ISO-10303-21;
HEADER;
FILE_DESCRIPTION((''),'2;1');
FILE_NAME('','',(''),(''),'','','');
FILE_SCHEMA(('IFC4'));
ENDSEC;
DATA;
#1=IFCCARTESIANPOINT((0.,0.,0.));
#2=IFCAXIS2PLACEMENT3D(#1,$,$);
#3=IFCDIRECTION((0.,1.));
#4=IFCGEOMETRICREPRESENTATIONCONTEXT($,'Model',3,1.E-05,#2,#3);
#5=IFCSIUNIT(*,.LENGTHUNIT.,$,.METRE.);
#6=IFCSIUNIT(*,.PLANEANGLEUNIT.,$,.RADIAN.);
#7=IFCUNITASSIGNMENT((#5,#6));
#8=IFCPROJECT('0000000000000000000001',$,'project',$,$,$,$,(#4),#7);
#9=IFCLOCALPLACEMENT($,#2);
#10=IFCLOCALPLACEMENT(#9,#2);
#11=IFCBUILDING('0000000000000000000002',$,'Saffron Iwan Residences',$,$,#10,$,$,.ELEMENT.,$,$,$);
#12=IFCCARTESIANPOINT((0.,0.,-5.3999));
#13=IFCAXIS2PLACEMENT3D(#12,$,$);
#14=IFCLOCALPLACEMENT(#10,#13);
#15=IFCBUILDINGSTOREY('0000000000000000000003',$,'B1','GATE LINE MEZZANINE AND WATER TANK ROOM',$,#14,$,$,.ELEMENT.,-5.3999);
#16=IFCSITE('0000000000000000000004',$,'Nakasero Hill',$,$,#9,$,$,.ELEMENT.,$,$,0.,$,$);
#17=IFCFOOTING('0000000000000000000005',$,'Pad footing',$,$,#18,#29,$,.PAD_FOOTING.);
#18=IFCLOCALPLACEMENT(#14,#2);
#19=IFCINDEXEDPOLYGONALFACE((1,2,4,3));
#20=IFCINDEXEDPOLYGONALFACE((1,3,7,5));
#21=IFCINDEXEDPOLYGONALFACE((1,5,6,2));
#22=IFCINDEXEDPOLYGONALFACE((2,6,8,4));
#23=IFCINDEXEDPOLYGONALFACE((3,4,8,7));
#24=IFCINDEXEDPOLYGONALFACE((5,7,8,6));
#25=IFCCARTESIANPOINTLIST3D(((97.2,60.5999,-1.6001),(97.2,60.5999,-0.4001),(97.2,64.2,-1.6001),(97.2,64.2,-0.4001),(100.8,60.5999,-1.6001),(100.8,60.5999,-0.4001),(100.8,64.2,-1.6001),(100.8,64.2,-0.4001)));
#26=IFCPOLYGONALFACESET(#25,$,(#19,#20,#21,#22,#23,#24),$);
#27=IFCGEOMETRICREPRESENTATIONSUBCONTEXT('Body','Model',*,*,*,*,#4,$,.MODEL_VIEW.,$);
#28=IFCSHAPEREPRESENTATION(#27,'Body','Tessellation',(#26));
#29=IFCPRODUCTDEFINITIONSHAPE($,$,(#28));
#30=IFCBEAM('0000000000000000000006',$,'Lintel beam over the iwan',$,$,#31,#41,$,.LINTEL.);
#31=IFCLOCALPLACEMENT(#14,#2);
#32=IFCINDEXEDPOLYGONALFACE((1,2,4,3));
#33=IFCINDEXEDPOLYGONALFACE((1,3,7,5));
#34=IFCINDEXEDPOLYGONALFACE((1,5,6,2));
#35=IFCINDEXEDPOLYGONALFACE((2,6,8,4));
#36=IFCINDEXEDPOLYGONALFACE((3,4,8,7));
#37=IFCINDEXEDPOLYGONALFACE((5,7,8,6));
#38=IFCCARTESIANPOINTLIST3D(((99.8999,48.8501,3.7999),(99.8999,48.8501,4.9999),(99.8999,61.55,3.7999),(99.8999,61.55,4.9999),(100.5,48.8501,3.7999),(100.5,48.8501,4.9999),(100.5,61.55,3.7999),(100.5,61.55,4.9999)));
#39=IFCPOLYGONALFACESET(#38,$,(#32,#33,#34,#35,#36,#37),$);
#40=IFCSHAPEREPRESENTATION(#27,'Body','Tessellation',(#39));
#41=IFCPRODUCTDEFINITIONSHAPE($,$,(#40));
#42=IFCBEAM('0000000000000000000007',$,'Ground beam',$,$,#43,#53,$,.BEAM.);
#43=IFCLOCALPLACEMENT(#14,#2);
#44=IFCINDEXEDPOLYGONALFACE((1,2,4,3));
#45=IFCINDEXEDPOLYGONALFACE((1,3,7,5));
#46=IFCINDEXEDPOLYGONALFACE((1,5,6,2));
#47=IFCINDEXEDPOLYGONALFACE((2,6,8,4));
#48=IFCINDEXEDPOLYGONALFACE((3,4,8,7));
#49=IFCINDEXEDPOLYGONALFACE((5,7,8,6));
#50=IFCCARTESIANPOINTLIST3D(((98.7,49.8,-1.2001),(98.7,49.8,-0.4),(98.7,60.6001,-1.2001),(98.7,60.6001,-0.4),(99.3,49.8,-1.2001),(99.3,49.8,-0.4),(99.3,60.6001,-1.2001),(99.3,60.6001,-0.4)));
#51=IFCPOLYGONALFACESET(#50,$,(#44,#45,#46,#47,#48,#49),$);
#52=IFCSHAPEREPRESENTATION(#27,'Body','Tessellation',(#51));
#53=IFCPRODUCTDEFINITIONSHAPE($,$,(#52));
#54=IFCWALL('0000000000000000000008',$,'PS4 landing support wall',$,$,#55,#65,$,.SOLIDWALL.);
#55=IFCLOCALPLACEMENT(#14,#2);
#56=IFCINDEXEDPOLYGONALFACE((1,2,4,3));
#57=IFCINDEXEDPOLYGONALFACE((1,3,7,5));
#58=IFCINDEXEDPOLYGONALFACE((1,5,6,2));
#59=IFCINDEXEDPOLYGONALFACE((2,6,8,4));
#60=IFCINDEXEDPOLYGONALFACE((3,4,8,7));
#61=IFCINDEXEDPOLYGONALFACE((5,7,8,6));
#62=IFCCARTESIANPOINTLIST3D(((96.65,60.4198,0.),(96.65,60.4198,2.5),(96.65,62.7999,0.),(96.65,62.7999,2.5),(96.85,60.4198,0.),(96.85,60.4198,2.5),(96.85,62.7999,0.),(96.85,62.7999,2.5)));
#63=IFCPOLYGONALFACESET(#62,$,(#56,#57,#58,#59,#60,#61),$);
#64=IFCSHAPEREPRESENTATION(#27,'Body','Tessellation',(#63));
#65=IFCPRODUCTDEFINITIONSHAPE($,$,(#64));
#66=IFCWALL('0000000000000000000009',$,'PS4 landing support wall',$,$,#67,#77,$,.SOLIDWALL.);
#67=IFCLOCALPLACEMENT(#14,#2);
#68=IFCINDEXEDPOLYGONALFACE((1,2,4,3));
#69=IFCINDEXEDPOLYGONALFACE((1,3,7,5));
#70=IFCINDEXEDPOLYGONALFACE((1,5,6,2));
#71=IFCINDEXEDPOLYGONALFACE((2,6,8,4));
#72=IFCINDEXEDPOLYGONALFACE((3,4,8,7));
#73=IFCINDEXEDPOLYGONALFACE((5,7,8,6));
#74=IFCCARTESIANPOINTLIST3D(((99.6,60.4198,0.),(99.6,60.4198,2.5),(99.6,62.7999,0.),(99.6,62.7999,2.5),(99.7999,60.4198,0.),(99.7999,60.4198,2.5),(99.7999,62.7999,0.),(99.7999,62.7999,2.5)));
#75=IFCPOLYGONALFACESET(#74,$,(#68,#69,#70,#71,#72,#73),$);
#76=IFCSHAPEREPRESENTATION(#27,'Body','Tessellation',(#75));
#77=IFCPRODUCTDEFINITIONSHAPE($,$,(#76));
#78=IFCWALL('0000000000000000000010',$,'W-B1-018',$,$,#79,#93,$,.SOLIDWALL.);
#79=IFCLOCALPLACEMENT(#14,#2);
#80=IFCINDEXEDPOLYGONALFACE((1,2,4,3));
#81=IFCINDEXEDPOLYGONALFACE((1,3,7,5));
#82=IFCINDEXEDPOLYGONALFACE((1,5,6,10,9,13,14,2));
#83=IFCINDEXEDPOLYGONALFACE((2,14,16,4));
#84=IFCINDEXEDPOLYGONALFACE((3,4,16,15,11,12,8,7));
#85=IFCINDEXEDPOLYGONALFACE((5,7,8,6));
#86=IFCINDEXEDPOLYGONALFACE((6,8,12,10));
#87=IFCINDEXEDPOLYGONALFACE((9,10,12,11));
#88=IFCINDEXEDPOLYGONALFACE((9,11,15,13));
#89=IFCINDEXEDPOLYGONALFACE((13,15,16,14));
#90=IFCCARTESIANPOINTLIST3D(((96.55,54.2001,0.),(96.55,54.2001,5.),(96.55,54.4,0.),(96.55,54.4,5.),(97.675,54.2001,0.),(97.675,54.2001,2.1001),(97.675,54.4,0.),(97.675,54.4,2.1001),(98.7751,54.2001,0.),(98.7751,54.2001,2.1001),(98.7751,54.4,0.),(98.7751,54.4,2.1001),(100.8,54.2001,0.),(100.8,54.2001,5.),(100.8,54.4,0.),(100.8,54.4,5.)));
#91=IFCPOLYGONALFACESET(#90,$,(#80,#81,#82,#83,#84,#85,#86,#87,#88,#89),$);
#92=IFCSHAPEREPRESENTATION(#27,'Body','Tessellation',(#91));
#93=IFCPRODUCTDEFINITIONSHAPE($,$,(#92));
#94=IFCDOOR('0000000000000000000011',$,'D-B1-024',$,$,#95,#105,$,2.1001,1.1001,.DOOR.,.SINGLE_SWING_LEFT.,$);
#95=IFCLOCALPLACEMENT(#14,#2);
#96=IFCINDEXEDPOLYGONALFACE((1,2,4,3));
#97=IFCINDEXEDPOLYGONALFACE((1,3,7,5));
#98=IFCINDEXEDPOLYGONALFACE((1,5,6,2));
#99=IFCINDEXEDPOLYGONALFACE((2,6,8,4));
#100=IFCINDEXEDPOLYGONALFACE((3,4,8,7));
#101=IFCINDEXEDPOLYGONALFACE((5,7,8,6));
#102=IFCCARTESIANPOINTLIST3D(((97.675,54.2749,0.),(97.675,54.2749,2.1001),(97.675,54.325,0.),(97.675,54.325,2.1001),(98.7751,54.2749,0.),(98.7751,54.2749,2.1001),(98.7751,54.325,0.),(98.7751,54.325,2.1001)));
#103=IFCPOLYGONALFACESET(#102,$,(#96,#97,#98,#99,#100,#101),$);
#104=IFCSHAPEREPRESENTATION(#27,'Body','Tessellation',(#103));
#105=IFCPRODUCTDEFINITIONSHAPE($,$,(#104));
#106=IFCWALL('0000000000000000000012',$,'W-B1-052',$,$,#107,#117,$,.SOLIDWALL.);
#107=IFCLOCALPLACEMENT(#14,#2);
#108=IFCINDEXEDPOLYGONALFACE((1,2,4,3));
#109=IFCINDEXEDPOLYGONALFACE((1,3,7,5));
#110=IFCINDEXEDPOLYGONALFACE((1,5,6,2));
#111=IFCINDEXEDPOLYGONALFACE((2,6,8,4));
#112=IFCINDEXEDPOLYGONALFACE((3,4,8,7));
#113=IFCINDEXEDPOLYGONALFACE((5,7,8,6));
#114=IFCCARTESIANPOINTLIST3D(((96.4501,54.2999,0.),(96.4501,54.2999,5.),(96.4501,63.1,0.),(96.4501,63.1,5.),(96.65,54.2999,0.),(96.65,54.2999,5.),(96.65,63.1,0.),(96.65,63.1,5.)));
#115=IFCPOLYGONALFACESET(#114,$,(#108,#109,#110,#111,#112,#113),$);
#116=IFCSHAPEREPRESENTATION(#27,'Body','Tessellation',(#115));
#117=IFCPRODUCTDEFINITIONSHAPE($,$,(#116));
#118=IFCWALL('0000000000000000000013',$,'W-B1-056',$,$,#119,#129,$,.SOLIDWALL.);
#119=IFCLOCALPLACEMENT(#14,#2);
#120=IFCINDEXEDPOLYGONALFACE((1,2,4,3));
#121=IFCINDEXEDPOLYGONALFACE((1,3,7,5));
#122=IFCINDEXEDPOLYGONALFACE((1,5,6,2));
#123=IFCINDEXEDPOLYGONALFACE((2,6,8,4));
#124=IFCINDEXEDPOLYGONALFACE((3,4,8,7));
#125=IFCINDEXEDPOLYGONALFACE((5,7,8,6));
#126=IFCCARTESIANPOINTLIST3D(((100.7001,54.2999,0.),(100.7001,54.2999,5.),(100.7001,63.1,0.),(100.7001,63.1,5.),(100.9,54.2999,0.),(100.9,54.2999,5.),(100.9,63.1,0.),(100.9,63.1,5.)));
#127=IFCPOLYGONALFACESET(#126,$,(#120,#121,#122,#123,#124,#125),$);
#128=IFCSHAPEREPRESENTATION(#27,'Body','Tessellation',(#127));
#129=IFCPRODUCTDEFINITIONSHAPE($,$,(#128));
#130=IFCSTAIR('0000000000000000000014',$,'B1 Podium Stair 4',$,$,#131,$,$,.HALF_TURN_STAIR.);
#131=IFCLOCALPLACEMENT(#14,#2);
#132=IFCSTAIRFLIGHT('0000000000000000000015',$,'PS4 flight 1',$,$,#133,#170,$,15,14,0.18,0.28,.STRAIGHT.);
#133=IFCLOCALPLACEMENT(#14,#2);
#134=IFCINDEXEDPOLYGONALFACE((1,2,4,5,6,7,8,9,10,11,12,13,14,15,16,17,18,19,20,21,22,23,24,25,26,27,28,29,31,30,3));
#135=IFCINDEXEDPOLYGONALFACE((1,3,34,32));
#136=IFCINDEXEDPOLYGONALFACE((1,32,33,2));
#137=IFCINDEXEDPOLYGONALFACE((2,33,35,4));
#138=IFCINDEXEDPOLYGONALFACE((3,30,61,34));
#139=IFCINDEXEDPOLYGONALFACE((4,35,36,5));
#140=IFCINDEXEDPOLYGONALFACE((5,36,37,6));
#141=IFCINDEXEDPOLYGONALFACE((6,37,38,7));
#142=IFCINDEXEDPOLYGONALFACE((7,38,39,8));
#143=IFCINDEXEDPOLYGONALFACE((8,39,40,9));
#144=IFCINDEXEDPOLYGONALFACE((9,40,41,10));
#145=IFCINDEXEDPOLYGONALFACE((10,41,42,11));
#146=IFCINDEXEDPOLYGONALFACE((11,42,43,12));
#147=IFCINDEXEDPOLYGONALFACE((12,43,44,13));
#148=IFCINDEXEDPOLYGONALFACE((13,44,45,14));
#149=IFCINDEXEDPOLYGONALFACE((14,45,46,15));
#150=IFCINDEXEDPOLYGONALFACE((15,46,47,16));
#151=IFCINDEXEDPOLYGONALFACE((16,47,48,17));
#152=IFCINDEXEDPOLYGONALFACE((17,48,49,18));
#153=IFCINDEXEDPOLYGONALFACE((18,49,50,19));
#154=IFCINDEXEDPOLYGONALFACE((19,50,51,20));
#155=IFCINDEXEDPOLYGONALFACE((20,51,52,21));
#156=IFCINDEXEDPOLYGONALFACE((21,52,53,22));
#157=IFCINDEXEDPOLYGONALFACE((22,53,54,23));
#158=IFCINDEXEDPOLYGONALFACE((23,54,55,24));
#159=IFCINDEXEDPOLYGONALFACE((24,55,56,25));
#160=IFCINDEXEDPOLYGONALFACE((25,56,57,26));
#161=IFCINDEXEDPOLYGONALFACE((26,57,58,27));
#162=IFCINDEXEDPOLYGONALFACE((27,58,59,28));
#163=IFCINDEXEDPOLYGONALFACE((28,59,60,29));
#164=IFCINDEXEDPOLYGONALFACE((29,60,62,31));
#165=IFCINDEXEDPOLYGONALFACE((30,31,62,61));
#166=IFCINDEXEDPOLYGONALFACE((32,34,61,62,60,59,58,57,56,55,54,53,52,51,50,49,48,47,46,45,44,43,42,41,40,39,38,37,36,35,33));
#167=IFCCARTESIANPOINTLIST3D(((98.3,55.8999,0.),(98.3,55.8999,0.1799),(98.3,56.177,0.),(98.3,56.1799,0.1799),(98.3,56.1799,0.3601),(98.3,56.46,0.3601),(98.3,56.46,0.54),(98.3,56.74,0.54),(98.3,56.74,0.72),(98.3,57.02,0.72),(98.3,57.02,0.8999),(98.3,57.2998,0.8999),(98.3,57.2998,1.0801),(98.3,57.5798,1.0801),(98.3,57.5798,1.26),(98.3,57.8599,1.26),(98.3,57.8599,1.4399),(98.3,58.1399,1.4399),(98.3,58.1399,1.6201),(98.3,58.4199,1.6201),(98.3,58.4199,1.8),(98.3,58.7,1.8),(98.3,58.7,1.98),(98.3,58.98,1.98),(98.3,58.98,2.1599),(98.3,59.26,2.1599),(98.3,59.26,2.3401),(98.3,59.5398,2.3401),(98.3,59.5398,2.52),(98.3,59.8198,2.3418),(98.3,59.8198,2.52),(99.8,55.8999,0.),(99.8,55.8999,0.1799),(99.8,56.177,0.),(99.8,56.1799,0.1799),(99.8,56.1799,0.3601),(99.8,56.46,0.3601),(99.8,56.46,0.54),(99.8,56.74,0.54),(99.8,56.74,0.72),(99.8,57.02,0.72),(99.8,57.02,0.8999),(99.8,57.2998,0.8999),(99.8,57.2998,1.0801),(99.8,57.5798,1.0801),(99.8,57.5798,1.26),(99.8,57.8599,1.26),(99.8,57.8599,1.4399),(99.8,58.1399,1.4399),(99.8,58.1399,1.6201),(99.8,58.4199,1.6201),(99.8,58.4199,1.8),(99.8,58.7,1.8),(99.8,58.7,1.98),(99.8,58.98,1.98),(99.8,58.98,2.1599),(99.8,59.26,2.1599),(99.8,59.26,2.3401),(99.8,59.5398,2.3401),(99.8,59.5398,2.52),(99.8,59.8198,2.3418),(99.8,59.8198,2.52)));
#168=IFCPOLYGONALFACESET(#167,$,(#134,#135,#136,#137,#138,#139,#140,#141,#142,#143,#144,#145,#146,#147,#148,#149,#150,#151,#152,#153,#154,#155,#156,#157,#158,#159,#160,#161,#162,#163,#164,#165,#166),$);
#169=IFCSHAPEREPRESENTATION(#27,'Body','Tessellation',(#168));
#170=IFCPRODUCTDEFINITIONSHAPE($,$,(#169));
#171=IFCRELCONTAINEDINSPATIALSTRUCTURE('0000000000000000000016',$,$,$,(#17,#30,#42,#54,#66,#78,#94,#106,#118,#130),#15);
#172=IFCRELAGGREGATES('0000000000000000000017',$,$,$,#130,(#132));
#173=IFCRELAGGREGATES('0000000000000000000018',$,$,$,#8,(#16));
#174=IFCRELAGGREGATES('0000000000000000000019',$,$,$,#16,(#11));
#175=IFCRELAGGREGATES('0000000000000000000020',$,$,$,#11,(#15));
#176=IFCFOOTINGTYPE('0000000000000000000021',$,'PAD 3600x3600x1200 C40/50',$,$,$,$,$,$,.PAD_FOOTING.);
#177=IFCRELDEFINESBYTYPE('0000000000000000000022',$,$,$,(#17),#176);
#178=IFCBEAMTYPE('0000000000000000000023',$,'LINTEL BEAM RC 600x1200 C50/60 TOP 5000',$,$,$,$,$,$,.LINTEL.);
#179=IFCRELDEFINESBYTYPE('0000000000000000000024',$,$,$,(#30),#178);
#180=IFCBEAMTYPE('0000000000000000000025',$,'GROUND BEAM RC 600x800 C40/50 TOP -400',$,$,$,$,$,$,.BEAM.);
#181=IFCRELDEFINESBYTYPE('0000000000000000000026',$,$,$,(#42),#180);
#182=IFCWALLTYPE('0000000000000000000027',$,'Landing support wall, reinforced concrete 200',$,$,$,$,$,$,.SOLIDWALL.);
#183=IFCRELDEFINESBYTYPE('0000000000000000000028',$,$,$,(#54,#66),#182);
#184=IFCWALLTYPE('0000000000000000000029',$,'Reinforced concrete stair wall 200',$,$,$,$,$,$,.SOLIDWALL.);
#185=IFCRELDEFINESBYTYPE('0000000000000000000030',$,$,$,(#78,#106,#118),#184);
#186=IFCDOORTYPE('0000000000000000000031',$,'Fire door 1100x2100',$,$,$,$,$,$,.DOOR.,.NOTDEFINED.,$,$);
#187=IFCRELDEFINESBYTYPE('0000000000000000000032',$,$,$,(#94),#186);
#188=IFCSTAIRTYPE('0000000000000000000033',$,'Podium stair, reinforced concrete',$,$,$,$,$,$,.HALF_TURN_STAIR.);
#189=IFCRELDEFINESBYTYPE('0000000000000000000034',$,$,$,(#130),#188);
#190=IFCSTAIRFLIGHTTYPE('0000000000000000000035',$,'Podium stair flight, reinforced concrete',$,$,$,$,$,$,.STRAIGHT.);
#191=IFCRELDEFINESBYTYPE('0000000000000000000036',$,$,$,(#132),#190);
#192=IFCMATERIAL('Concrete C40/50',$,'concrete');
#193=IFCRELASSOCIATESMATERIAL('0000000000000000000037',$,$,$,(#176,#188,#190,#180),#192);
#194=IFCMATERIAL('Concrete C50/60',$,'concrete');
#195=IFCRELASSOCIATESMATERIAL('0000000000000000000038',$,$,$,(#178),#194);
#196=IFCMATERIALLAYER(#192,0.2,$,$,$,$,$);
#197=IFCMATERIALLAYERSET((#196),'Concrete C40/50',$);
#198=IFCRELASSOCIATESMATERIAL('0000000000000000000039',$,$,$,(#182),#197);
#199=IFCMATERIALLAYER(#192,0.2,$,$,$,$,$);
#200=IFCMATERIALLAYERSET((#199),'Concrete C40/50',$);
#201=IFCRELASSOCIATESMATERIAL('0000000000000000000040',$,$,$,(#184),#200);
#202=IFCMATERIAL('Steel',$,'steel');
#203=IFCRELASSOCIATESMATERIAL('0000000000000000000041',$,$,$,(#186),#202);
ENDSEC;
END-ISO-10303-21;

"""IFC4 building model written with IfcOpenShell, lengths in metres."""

from ifc_helpers import new_model, si_unit, direction, frame, frame_2d, origin, origin_2d, place, context, subcontext, project, spatial, polyline, rectangle, outline, extrude, source, transform, mapped, material, layer, layer_set, material_profile, profile_set, type_object, element, fill, aggregate, save


model = new_model("IFC4")

# Units and contexts
model_context = context("Model", 3, precision=1e-05, world=origin(), true_north=direction((0.0, 1.0)))
body_context = subcontext(model_context, "Body", "Model", "MODEL_VIEW")
ifc_project = project(units=[si_unit("LENGTHUNIT", "METRE"), si_unit("PLANEANGLEUNIT", "RADIAN")], contexts=[model_context])

# Site, building, storey
site_placement = place(None, origin())
site = spatial("IfcSite", under=ifc_project, at=site_placement, Name="Nakasero Hill", CompositionType="ELEMENT", RefElevation=0.0)
building_placement = place(site_placement, origin())
building = spatial("IfcBuilding", under=site, at=building_placement, Name="Saffron Iwan Residences", CompositionType="ELEMENT")
storey_placement = place(building_placement, frame((0.0, 0.0, -5.3999)))
storey = spatial("IfcBuildingStorey", under=building, at=storey_placement, Name="B1", Description="GATE LINE MEZZANINE AND WATER TANK ROOM", CompositionType="ELEMENT", Elevation=-5.3999)

# Footing
ifc_material_1 = material(Name="Concrete C40/50", Category="concrete")
footing_type = type_object("IfcFootingType", Name="PAD 3600x3600x1200 C40/50", PredefinedType="PAD_FOOTING", material=ifc_material_1)
shared_shape_1 = source(origin(), body_context, "Body", "SweptSolid", [
    extrude(rectangle(XDim=3.6001, YDim=3.6001, at=origin_2d()), origin(), (0.0, 0.0, 1.0), 1.2),
])
footing_placement = place(storey_placement, frame((99.0, 62.3999, -1.6001), z_axis=(0.0, 0.0, 1.0), x_axis=(1.0, 0.0, 0.0)))
element("IfcFooting", 1, at=footing_placement, inside=storey, type_object=footing_type, Name="Pad footing", PredefinedType="PAD_FOOTING", context=body_context, shape_type="MappedRepresentation", body=[
    mapped(shared_shape_1, transform((0.0, 0.0, 0.0))),
])

# Beams
ifc_material_2 = material(Name="Concrete C50/60", Category="concrete")
ifc_material_profile_1 = material_profile(ifc_material_2, rectangle(XDim=0.6001, YDim=1.2, at=origin_2d()), Name="RC 600x1200")
ifc_profile_set_1 = profile_set([ifc_material_profile_1], Name="Concrete C50/60")
beam_type_1 = type_object("IfcBeamType", Name="LINTEL BEAM RC 600x1200 C50/60 TOP 5000", PredefinedType="LINTEL", material=ifc_profile_set_1)
shared_shape_2 = source(origin(), body_context, "Body", "SweptSolid", [
    extrude(rectangle(XDim=0.6001, YDim=1.2, at=origin_2d()), origin(), (0.0, 0.0, 1.0), 12.7),
])
beam_1_placement = place(storey_placement, frame((100.2, 61.55, 4.3999), z_axis=(0.0, -1.0, 0.0), x_axis=(1.0, 0.0, 0.0)))
element("IfcBeam", 2, at=beam_1_placement, inside=storey, type_object=beam_type_1, Name="Lintel beam over the iwan", PredefinedType="LINTEL", context=body_context, shape_type="MappedRepresentation", body=[
    mapped(shared_shape_2, transform((0.0, 0.0, 0.0))),
])
ifc_material_profile_2 = material_profile(ifc_material_1, rectangle(XDim=0.6001, YDim=0.8, at=origin_2d()), Name="RC 600x800")
ifc_profile_set_2 = profile_set([ifc_material_profile_2], Name="Concrete C40/50")
beam_type_2 = type_object("IfcBeamType", Name="GROUND BEAM RC 600x800 C40/50 TOP -400", PredefinedType="BEAM", material=ifc_profile_set_2)
shared_shape_3 = source(origin(), body_context, "Body", "SweptSolid", [
    extrude(rectangle(XDim=0.6001, YDim=0.8, at=origin_2d()), origin(), (0.0, 0.0, 1.0), 10.8),
])
beam_2_placement = place(storey_placement, frame((99.0, 49.8, -0.8), z_axis=(0.0, 1.0, 0.0), x_axis=(-1.0, 0.0, 0.0)))
element("IfcBeam", 3, at=beam_2_placement, inside=storey, type_object=beam_type_2, Name="Ground beam", PredefinedType="BEAM", context=body_context, shape_type="MappedRepresentation", body=[
    mapped(shared_shape_3, transform((0.0, 0.0, 0.0))),
])

# Walls
ifc_layer_1 = layer(ifc_material_1, 0.2)
ifc_layer_set_1 = layer_set([ifc_layer_1], Name="Concrete C40/50")
wall_type_1 = type_object("IfcWallType", Name="Landing support wall, reinforced concrete 200", PredefinedType="SOLIDWALL", material=ifc_layer_set_1)
for number, where, z_axis, x_axis, name in (
    (4, (96.75, 60.4199, 0.0), (0.0, 0.0, 1.0), (0.0, 1.0, 0.0), "PS4 landing support wall"),
    (5, (99.7, 60.4199, 0.0), (0.0, 0.0, 1.0), (0.0, 1.0, 0.0), "PS4 landing support wall"),
):
    element("IfcWall", number, at=place(storey_placement, frame(where, z_axis=z_axis, x_axis=x_axis)), inside=storey, type_object=wall_type_1, Name=name, PredefinedType="SOLIDWALL", context=body_context, shape_type="SweptSolid", body=[
        extrude(rectangle(XDim=2.3801, YDim=0.2, at=frame_2d((1.1899, 0.0))), origin(), (0.0, 0.0, 1.0), 2.5),
    ])

# Wall, opening, door
ifc_layer_2 = layer(ifc_material_1, 0.2)
ifc_layer_set_2 = layer_set([ifc_layer_2], Name="Concrete C40/50")
wall_type_2 = type_object("IfcWallType", Name="Reinforced concrete stair wall 200", PredefinedType="SOLIDWALL", material=ifc_layer_set_2)
wall_placement = place(storey_placement, frame((96.55, 54.3, 0.0), z_axis=(0.0, 0.0, 1.0), x_axis=(1.0, 0.0, 0.0)))
wall = element("IfcWall", 6, at=wall_placement, inside=storey, type_object=wall_type_2, Name="W-B1-018", PredefinedType="SOLIDWALL", context=body_context, shape_type="SweptSolid", body=[
    extrude(rectangle(XDim=4.25, YDim=0.2, at=frame_2d((2.125, 0.0))), origin(), (0.0, 0.0, 1.0), 5.0),
])
opening_placement = place(wall_placement, frame((1.125, 0.0, 0.0)))
opening = element("IfcOpeningElement", 7, at=opening_placement, cuts=wall, PredefinedType="OPENING", context=body_context, shape_type="SweptSolid", body=[
    extrude(rectangle(XDim=1.1001, YDim=2.1001, at=frame_2d((0.55, 1.05))), frame((0.0, 0.1099, 0.0), z_axis=(0.0, -1.0, 0.0), x_axis=(1.0, 0.0, 0.0)), (0.0, 0.0, 1.0), 0.22),
])
ifc_material_3 = material(Name="Steel", Category="steel")
door_type = type_object("IfcDoorType", Name="Fire door 1100x2100", OperationType="NOTDEFINED", PredefinedType="DOOR", material=ifc_material_3)
door_placement = place(opening_placement, origin())
door = element("IfcDoor", 8, at=door_placement, inside=storey, type_object=door_type, Name="D-B1-024", OperationType="SINGLE_SWING_LEFT", OverallHeight=2.1001, OverallWidth=1.1001, PredefinedType="DOOR", context=body_context, shape_type="SweptSolid", body=[
    extrude(rectangle(XDim=1.1001, YDim=2.1001, at=frame_2d((0.55, 1.05))), frame((0.0, 0.0249, 0.0), z_axis=(0.0, -1.0, 0.0), x_axis=(1.0, 0.0, 0.0)), (0.0, 0.0, 1.0), 0.05),
])
fill(opening, door)

# Walls
for number, where, z_axis, x_axis, name in (
    (9, (96.55, 54.3, 0.0), (0.0, 0.0, 1.0), (0.0, 1.0, 0.0), "W-B1-052"),
    (10, (100.8, 54.3, 0.0), (0.0, 0.0, 1.0), (0.0, 1.0, 0.0), "W-B1-056"),
):
    element("IfcWall", number, at=place(storey_placement, frame(where, z_axis=z_axis, x_axis=x_axis)), inside=storey, type_object=wall_type_2, Name=name, PredefinedType="SOLIDWALL", context=body_context, shape_type="SweptSolid", body=[
        extrude(rectangle(XDim=8.8, YDim=0.2, at=frame_2d((4.3999, 0.0))), origin(), (0.0, 0.0, 1.0), 5.0),
    ])

# Stair, stair flight
stair_type = type_object("IfcStairType", Name="Podium stair, reinforced concrete", PredefinedType="HALF_TURN_STAIR", material=ifc_material_1)
stair_placement = place(storey_placement, origin())
stair = element("IfcStair", 11, at=stair_placement, inside=storey, type_object=stair_type, Name="B1 Podium Stair 4", PredefinedType="HALF_TURN_STAIR")
stair_flight_type = type_object("IfcStairFlightType", Name="Podium stair flight, reinforced concrete", PredefinedType="STRAIGHT", material=ifc_material_1)
stair_flight_1_placement = place(storey_placement, frame((99.05, 55.8999, 0.0), z_axis=(0.0, 0.0, 1.0), x_axis=(0.0, 1.0, 0.0)))
stair_flight_1 = element("IfcStairFlight", 12, at=stair_flight_1_placement, type_object=stair_flight_type, Name="PS4 flight 1", NumberOfRisers=15, NumberOfTreads=14, PredefinedType="STRAIGHT", RiserHeight=0.18, TreadLength=0.28, context=body_context, shape_type="SweptSolid", body=[
    extrude(outline(polyline([(0.0, 0.0), (0.0, 0.1799), (0.28, 0.1799), (0.28, 0.3601), (0.5601, 0.3601), (0.5601, 0.54), (0.8401, 0.54), (0.8401, 0.72), (1.1201, 0.72), (1.1201, 0.8999), (1.3999, 0.8999), (1.3999, 1.0801), (1.6799, 1.0801), (1.6799, 1.26), (1.96, 1.26), (1.96, 1.4399), (2.24, 1.4399), (2.24, 1.6201), (2.52, 1.6201), (2.52, 1.8), (2.8, 1.8), (2.8, 1.98), (3.0801, 1.98), (3.0801, 2.1599), (3.3601, 2.1599), (3.3601, 2.3401), (3.6399, 2.3401), (3.6399, 2.52), (3.9199, 2.52), (3.9199, 2.7), (3.9199, 2.3418), (0.2771, 0.0), (0.0, 0.0)])), frame((0.0, 0.75, 0.0), z_axis=(0.0, -1.0, 0.0), x_axis=(1.0, 0.0, 0.0)), (0.0, 0.0, 1.0), 1.5),
])
aggregate(stair, [stair_flight_1])

save(model, "model.ifc")
